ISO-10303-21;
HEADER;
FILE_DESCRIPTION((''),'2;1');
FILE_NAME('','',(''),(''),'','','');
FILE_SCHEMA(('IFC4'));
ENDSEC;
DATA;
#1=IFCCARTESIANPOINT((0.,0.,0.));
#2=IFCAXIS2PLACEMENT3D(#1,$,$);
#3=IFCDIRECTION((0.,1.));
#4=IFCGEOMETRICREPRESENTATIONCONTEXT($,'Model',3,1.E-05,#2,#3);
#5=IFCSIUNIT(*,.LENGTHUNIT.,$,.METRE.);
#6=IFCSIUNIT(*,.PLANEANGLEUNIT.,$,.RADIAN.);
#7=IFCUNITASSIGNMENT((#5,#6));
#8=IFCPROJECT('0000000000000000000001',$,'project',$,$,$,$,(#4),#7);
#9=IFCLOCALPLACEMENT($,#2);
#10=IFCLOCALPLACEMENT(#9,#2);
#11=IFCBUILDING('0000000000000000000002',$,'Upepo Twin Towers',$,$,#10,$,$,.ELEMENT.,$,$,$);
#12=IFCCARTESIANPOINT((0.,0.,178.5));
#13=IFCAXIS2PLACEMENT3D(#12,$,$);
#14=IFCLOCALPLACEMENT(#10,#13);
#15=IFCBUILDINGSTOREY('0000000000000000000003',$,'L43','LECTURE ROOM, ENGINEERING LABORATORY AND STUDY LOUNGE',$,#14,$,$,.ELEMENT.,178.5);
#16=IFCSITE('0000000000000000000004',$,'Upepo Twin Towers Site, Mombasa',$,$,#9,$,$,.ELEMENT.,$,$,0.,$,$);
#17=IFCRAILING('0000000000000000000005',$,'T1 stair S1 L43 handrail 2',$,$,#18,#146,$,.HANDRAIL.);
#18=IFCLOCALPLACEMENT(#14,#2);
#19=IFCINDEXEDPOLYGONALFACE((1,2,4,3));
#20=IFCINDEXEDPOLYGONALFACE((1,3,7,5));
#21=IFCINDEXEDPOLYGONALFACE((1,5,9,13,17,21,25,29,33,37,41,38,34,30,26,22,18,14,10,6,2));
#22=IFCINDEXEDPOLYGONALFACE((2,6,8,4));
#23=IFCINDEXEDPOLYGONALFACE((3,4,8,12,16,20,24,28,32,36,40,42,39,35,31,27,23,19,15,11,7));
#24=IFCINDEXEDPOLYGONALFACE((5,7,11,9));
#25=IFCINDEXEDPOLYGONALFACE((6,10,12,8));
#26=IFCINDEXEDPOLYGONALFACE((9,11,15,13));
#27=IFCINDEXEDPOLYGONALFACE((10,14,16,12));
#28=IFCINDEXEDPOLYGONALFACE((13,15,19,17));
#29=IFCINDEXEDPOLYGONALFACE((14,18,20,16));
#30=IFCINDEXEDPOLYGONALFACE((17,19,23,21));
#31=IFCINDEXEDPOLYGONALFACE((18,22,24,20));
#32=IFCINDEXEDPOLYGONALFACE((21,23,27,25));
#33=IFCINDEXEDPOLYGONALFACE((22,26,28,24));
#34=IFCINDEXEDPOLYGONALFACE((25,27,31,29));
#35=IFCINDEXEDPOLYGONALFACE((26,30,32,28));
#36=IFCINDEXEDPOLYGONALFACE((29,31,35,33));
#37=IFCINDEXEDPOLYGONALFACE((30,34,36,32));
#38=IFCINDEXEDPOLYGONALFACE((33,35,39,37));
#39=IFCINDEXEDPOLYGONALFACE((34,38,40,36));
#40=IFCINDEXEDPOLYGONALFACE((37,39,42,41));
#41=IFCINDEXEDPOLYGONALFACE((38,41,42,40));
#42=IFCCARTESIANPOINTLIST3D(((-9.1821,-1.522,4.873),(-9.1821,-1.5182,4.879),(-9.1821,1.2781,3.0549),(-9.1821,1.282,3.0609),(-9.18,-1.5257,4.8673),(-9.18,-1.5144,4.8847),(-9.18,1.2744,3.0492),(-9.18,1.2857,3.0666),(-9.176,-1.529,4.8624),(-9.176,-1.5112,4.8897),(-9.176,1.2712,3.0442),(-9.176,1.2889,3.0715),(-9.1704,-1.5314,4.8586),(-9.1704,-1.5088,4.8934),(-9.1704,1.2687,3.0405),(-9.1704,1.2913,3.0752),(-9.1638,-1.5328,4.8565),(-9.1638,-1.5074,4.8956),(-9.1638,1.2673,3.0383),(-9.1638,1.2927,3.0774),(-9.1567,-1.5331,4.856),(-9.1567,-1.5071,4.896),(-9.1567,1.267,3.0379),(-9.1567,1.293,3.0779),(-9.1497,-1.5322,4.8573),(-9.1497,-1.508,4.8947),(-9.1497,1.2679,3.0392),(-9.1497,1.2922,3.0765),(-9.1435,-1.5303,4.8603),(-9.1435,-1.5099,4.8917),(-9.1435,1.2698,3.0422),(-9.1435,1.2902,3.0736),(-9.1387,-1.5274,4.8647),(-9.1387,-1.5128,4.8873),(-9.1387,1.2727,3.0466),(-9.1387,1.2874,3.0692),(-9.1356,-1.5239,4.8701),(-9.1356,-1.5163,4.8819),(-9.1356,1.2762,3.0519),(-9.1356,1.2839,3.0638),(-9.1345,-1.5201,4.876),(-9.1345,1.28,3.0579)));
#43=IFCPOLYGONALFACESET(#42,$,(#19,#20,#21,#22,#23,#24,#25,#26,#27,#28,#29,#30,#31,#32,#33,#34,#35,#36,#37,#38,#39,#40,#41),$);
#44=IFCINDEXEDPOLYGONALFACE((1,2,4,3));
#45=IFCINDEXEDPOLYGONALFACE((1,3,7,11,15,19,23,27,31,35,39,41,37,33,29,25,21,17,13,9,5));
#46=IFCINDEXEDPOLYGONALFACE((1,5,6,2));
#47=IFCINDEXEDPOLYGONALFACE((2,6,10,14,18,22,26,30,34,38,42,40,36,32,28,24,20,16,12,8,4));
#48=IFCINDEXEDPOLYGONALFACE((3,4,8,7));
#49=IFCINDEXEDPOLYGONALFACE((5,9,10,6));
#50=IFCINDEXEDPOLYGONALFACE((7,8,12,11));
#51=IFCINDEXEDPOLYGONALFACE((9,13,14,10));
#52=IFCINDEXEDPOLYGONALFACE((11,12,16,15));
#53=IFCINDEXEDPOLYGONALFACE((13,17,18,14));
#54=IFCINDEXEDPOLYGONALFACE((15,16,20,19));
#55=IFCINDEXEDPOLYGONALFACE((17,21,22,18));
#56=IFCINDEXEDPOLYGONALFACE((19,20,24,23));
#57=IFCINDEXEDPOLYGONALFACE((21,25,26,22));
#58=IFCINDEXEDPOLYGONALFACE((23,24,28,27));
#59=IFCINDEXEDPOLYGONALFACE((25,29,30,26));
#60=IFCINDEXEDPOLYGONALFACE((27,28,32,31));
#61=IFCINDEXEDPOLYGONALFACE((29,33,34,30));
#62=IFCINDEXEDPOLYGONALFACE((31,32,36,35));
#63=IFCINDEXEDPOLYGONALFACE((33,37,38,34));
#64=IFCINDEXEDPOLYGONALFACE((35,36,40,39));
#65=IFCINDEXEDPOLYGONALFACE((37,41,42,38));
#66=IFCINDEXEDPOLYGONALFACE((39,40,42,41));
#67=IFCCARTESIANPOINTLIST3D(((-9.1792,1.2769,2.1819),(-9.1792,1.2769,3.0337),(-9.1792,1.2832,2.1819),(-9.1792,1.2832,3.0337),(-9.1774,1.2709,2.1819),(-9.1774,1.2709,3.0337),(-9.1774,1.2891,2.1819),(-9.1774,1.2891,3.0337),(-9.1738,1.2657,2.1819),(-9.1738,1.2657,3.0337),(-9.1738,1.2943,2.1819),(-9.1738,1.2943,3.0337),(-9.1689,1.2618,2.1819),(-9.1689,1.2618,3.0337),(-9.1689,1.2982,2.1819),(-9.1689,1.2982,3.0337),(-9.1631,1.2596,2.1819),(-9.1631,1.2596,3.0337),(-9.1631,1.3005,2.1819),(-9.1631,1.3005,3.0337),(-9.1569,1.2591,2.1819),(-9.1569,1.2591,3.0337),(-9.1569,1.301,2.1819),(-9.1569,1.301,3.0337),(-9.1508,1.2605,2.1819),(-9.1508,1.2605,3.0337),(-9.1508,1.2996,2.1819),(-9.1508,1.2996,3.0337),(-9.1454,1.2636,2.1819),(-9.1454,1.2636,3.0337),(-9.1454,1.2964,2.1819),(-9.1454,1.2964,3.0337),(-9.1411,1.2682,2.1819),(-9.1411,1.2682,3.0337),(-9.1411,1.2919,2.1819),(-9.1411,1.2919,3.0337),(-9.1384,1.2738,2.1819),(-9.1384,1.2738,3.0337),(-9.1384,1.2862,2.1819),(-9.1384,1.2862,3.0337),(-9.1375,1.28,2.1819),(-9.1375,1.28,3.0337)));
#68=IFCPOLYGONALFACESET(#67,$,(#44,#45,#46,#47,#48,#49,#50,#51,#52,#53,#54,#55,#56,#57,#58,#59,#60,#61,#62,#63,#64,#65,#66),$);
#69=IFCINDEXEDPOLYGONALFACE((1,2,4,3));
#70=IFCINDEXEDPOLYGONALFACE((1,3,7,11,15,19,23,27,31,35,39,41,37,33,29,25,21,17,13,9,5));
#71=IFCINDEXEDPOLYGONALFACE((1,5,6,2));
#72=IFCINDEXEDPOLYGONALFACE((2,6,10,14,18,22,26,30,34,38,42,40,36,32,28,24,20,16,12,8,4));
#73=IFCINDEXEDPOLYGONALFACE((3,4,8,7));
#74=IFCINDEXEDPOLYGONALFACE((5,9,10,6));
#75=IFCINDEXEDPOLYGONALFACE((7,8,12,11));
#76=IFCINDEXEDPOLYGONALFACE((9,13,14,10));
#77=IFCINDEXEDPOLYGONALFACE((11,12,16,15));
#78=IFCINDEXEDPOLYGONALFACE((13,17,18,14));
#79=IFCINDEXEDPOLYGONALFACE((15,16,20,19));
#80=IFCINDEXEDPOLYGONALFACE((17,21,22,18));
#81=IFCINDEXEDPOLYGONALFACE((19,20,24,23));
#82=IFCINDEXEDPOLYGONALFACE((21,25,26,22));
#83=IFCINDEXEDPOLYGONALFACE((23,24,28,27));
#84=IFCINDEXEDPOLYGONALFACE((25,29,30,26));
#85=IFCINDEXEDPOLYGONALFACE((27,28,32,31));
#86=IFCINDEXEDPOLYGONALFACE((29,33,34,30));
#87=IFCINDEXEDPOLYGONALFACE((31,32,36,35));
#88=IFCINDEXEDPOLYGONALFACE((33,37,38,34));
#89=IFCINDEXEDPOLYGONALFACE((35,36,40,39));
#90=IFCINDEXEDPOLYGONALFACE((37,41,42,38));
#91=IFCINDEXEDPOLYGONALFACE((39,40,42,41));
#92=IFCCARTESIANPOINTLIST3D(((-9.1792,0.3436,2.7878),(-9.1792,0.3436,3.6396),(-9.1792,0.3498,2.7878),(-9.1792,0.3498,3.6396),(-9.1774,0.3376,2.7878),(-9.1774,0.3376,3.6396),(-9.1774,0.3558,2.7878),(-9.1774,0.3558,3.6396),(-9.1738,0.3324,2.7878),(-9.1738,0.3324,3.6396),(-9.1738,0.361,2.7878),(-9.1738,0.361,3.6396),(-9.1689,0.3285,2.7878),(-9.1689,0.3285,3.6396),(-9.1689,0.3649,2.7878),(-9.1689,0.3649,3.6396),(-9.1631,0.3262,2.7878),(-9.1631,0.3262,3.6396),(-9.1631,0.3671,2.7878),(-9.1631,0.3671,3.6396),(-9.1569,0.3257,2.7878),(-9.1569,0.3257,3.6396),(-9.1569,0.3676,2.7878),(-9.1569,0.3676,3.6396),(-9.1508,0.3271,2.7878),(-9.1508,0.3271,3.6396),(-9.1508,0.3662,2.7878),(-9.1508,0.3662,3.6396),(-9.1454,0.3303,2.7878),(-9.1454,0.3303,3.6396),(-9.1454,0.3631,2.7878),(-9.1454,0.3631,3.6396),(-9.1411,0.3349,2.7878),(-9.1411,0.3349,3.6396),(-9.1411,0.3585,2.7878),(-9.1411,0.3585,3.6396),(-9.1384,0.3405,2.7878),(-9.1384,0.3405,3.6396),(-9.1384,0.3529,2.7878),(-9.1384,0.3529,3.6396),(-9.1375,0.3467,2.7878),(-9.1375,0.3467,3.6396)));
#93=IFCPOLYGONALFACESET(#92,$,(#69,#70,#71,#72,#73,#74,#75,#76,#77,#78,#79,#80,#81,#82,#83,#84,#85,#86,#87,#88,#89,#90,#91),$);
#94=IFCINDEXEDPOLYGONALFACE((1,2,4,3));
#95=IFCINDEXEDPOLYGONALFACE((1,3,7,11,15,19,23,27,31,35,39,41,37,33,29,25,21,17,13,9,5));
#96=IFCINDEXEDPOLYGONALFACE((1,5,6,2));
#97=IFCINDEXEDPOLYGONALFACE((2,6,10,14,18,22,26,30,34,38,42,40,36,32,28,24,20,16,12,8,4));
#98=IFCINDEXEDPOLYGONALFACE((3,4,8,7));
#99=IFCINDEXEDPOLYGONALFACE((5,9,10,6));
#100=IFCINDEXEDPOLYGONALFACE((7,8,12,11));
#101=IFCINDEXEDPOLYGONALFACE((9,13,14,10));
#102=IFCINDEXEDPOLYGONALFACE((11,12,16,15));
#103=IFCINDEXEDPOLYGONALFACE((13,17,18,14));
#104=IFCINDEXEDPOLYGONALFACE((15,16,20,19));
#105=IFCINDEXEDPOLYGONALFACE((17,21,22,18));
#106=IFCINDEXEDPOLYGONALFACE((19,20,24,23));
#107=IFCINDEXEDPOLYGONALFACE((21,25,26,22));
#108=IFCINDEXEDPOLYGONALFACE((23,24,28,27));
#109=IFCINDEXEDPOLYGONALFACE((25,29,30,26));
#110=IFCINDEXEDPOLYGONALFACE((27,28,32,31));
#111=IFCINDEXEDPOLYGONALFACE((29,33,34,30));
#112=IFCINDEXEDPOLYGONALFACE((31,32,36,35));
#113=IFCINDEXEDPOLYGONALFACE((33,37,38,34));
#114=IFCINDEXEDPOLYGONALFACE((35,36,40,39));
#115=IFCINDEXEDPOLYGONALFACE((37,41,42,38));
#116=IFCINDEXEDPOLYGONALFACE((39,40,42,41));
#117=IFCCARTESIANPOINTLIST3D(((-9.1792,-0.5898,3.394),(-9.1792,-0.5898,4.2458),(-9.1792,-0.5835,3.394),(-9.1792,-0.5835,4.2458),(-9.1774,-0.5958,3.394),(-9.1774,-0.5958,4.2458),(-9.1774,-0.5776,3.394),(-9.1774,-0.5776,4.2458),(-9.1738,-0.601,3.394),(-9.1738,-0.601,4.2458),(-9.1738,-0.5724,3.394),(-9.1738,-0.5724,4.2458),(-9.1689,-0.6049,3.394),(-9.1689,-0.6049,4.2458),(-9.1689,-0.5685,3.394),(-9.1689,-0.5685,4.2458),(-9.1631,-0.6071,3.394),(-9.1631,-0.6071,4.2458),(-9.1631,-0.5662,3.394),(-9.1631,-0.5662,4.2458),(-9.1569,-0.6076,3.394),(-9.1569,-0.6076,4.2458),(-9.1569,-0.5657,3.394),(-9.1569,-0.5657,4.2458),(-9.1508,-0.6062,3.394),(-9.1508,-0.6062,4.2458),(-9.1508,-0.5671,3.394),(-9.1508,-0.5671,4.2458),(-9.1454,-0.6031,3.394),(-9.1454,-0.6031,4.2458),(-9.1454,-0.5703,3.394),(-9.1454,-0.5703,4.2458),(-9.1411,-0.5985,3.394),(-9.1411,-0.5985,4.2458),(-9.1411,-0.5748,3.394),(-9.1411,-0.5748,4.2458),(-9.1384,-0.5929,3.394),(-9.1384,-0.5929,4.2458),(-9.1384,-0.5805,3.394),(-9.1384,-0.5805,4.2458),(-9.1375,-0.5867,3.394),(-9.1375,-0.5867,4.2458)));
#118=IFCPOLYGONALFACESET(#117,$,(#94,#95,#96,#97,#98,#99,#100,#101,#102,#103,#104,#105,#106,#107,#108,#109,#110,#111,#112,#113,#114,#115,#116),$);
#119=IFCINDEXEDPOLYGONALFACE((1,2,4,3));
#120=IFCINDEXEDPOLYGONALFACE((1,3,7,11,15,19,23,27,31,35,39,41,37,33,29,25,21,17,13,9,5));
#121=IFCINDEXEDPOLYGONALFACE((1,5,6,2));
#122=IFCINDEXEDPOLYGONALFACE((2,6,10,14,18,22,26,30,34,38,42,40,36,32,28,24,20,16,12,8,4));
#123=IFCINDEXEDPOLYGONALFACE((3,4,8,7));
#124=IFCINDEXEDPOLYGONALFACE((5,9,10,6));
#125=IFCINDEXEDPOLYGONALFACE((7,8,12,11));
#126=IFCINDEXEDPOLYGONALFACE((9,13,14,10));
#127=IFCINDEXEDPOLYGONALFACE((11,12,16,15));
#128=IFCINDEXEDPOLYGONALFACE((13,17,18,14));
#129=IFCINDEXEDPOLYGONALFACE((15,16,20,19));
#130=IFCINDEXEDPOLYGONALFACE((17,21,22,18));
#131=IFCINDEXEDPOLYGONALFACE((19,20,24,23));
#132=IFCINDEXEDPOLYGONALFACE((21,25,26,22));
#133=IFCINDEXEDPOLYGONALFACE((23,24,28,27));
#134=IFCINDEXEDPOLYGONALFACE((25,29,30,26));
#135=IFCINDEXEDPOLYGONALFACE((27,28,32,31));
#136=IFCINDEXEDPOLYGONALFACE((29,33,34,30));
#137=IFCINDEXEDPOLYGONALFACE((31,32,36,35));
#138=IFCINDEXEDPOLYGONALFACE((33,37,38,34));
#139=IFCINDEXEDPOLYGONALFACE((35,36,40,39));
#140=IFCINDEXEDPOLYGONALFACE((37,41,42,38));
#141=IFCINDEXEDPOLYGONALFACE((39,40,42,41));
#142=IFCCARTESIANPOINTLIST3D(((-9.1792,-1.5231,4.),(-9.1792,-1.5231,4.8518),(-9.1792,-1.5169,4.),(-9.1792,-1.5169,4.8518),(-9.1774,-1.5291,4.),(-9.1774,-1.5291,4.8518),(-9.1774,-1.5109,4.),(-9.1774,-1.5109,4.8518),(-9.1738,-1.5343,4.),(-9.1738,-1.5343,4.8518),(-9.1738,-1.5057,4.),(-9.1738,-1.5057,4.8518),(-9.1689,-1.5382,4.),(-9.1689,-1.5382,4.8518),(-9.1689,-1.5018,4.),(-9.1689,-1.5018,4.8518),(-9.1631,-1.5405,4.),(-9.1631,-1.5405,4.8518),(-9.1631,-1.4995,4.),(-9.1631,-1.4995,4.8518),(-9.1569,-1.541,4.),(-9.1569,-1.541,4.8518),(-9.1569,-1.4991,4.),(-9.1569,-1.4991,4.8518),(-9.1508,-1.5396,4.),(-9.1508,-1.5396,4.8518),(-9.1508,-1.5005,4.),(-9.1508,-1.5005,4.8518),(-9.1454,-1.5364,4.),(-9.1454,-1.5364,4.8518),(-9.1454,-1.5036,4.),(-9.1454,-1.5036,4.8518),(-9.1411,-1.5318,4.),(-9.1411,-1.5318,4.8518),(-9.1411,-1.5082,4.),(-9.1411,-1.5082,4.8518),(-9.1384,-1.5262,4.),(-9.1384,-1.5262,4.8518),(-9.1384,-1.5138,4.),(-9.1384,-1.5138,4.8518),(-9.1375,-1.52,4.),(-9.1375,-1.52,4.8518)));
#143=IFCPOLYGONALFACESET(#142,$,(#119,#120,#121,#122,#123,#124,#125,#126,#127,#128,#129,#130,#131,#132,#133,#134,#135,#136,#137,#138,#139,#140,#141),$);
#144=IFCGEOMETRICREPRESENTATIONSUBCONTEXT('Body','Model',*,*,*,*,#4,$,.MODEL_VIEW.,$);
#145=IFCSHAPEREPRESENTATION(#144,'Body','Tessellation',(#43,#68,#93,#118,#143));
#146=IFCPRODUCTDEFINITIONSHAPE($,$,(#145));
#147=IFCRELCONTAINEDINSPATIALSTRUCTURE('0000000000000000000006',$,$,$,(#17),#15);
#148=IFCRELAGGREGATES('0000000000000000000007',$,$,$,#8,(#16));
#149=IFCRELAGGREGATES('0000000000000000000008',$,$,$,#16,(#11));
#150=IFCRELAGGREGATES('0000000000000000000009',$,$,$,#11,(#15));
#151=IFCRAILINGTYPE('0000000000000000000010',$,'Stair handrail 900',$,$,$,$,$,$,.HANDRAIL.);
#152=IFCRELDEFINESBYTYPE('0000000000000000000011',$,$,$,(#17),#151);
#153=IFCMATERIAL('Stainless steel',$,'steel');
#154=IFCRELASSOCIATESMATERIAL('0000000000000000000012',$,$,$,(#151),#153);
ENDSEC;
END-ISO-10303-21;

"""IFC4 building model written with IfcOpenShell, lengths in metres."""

from ifc_helpers import new_model, si_unit, direction, frame, origin, origin_2d, place, context, subcontext, project, spatial, circle, extrude, material, type_object, element, save


model = new_model("IFC4")

# Units and contexts
model_context = context("Model", 3, precision=1e-05, world=origin(), true_north=direction((0.0, 1.0)))
body_context = subcontext(model_context, "Body", "Model", "MODEL_VIEW")
ifc_project = project(units=[si_unit("LENGTHUNIT", "METRE"), si_unit("PLANEANGLEUNIT", "RADIAN")], contexts=[model_context])

# Site, building, storey
site_placement = place(None, origin())
site = spatial("IfcSite", under=ifc_project, at=site_placement, Name="Upepo Twin Towers Site, Mombasa", CompositionType="ELEMENT", RefElevation=0.0)
building_placement = place(site_placement, origin())
building = spatial("IfcBuilding", under=site, at=building_placement, Name="Upepo Twin Towers", CompositionType="ELEMENT")
storey_placement = place(building_placement, frame((0.0, 0.0, 178.5)))
storey = spatial("IfcBuildingStorey", under=building, at=storey_placement, Name="L43", Description="LECTURE ROOM, ENGINEERING LABORATORY AND STUDY LOUNGE", CompositionType="ELEMENT", Elevation=178.5)

# Railing
ifc_material_1 = material(Name="Stainless steel", Category="steel")
railing_type = type_object("IfcRailingType", Name="Stair handrail 900", PredefinedType="HANDRAIL", material=ifc_material_1)
railing_1_placement = place(storey_placement, frame((-9.1584, 1.28, 2.1819)))
element("IfcRailing", 1, at=railing_1_placement, inside=storey, type_object=railing_type, Name="T1 stair S1 L43 handrail 2", PredefinedType="HANDRAIL", context=body_context, shape_type="SweptSolid", body=[
    extrude(circle(Radius=0.0239, at=origin_2d()), frame((0.0, 0.0, 0.876), z_axis=(0.0, -0.838706, 0.544585), x_axis=(1.0, 0.0, 0.0)), (0.0, 0.0, 1.0), 3.3386),
    extrude(circle(Radius=0.021, at=origin_2d()), origin(), (0.0, 0.0, 1.0), 0.8518),
    extrude(circle(Radius=0.021, at=origin_2d()), frame((0.0, -0.9333, 0.606)), (0.0, 0.0, 1.0), 0.8518),
    extrude(circle(Radius=0.021, at=origin_2d()), frame((0.0, -1.8667, 1.2122)), (0.0, 0.0, 1.0), 0.8518),
    extrude(circle(Radius=0.021, at=origin_2d()), frame((0.0, -2.8, 1.8181)), (0.0, 0.0, 1.0), 0.8518),
])

save(model, "model.ifc")
